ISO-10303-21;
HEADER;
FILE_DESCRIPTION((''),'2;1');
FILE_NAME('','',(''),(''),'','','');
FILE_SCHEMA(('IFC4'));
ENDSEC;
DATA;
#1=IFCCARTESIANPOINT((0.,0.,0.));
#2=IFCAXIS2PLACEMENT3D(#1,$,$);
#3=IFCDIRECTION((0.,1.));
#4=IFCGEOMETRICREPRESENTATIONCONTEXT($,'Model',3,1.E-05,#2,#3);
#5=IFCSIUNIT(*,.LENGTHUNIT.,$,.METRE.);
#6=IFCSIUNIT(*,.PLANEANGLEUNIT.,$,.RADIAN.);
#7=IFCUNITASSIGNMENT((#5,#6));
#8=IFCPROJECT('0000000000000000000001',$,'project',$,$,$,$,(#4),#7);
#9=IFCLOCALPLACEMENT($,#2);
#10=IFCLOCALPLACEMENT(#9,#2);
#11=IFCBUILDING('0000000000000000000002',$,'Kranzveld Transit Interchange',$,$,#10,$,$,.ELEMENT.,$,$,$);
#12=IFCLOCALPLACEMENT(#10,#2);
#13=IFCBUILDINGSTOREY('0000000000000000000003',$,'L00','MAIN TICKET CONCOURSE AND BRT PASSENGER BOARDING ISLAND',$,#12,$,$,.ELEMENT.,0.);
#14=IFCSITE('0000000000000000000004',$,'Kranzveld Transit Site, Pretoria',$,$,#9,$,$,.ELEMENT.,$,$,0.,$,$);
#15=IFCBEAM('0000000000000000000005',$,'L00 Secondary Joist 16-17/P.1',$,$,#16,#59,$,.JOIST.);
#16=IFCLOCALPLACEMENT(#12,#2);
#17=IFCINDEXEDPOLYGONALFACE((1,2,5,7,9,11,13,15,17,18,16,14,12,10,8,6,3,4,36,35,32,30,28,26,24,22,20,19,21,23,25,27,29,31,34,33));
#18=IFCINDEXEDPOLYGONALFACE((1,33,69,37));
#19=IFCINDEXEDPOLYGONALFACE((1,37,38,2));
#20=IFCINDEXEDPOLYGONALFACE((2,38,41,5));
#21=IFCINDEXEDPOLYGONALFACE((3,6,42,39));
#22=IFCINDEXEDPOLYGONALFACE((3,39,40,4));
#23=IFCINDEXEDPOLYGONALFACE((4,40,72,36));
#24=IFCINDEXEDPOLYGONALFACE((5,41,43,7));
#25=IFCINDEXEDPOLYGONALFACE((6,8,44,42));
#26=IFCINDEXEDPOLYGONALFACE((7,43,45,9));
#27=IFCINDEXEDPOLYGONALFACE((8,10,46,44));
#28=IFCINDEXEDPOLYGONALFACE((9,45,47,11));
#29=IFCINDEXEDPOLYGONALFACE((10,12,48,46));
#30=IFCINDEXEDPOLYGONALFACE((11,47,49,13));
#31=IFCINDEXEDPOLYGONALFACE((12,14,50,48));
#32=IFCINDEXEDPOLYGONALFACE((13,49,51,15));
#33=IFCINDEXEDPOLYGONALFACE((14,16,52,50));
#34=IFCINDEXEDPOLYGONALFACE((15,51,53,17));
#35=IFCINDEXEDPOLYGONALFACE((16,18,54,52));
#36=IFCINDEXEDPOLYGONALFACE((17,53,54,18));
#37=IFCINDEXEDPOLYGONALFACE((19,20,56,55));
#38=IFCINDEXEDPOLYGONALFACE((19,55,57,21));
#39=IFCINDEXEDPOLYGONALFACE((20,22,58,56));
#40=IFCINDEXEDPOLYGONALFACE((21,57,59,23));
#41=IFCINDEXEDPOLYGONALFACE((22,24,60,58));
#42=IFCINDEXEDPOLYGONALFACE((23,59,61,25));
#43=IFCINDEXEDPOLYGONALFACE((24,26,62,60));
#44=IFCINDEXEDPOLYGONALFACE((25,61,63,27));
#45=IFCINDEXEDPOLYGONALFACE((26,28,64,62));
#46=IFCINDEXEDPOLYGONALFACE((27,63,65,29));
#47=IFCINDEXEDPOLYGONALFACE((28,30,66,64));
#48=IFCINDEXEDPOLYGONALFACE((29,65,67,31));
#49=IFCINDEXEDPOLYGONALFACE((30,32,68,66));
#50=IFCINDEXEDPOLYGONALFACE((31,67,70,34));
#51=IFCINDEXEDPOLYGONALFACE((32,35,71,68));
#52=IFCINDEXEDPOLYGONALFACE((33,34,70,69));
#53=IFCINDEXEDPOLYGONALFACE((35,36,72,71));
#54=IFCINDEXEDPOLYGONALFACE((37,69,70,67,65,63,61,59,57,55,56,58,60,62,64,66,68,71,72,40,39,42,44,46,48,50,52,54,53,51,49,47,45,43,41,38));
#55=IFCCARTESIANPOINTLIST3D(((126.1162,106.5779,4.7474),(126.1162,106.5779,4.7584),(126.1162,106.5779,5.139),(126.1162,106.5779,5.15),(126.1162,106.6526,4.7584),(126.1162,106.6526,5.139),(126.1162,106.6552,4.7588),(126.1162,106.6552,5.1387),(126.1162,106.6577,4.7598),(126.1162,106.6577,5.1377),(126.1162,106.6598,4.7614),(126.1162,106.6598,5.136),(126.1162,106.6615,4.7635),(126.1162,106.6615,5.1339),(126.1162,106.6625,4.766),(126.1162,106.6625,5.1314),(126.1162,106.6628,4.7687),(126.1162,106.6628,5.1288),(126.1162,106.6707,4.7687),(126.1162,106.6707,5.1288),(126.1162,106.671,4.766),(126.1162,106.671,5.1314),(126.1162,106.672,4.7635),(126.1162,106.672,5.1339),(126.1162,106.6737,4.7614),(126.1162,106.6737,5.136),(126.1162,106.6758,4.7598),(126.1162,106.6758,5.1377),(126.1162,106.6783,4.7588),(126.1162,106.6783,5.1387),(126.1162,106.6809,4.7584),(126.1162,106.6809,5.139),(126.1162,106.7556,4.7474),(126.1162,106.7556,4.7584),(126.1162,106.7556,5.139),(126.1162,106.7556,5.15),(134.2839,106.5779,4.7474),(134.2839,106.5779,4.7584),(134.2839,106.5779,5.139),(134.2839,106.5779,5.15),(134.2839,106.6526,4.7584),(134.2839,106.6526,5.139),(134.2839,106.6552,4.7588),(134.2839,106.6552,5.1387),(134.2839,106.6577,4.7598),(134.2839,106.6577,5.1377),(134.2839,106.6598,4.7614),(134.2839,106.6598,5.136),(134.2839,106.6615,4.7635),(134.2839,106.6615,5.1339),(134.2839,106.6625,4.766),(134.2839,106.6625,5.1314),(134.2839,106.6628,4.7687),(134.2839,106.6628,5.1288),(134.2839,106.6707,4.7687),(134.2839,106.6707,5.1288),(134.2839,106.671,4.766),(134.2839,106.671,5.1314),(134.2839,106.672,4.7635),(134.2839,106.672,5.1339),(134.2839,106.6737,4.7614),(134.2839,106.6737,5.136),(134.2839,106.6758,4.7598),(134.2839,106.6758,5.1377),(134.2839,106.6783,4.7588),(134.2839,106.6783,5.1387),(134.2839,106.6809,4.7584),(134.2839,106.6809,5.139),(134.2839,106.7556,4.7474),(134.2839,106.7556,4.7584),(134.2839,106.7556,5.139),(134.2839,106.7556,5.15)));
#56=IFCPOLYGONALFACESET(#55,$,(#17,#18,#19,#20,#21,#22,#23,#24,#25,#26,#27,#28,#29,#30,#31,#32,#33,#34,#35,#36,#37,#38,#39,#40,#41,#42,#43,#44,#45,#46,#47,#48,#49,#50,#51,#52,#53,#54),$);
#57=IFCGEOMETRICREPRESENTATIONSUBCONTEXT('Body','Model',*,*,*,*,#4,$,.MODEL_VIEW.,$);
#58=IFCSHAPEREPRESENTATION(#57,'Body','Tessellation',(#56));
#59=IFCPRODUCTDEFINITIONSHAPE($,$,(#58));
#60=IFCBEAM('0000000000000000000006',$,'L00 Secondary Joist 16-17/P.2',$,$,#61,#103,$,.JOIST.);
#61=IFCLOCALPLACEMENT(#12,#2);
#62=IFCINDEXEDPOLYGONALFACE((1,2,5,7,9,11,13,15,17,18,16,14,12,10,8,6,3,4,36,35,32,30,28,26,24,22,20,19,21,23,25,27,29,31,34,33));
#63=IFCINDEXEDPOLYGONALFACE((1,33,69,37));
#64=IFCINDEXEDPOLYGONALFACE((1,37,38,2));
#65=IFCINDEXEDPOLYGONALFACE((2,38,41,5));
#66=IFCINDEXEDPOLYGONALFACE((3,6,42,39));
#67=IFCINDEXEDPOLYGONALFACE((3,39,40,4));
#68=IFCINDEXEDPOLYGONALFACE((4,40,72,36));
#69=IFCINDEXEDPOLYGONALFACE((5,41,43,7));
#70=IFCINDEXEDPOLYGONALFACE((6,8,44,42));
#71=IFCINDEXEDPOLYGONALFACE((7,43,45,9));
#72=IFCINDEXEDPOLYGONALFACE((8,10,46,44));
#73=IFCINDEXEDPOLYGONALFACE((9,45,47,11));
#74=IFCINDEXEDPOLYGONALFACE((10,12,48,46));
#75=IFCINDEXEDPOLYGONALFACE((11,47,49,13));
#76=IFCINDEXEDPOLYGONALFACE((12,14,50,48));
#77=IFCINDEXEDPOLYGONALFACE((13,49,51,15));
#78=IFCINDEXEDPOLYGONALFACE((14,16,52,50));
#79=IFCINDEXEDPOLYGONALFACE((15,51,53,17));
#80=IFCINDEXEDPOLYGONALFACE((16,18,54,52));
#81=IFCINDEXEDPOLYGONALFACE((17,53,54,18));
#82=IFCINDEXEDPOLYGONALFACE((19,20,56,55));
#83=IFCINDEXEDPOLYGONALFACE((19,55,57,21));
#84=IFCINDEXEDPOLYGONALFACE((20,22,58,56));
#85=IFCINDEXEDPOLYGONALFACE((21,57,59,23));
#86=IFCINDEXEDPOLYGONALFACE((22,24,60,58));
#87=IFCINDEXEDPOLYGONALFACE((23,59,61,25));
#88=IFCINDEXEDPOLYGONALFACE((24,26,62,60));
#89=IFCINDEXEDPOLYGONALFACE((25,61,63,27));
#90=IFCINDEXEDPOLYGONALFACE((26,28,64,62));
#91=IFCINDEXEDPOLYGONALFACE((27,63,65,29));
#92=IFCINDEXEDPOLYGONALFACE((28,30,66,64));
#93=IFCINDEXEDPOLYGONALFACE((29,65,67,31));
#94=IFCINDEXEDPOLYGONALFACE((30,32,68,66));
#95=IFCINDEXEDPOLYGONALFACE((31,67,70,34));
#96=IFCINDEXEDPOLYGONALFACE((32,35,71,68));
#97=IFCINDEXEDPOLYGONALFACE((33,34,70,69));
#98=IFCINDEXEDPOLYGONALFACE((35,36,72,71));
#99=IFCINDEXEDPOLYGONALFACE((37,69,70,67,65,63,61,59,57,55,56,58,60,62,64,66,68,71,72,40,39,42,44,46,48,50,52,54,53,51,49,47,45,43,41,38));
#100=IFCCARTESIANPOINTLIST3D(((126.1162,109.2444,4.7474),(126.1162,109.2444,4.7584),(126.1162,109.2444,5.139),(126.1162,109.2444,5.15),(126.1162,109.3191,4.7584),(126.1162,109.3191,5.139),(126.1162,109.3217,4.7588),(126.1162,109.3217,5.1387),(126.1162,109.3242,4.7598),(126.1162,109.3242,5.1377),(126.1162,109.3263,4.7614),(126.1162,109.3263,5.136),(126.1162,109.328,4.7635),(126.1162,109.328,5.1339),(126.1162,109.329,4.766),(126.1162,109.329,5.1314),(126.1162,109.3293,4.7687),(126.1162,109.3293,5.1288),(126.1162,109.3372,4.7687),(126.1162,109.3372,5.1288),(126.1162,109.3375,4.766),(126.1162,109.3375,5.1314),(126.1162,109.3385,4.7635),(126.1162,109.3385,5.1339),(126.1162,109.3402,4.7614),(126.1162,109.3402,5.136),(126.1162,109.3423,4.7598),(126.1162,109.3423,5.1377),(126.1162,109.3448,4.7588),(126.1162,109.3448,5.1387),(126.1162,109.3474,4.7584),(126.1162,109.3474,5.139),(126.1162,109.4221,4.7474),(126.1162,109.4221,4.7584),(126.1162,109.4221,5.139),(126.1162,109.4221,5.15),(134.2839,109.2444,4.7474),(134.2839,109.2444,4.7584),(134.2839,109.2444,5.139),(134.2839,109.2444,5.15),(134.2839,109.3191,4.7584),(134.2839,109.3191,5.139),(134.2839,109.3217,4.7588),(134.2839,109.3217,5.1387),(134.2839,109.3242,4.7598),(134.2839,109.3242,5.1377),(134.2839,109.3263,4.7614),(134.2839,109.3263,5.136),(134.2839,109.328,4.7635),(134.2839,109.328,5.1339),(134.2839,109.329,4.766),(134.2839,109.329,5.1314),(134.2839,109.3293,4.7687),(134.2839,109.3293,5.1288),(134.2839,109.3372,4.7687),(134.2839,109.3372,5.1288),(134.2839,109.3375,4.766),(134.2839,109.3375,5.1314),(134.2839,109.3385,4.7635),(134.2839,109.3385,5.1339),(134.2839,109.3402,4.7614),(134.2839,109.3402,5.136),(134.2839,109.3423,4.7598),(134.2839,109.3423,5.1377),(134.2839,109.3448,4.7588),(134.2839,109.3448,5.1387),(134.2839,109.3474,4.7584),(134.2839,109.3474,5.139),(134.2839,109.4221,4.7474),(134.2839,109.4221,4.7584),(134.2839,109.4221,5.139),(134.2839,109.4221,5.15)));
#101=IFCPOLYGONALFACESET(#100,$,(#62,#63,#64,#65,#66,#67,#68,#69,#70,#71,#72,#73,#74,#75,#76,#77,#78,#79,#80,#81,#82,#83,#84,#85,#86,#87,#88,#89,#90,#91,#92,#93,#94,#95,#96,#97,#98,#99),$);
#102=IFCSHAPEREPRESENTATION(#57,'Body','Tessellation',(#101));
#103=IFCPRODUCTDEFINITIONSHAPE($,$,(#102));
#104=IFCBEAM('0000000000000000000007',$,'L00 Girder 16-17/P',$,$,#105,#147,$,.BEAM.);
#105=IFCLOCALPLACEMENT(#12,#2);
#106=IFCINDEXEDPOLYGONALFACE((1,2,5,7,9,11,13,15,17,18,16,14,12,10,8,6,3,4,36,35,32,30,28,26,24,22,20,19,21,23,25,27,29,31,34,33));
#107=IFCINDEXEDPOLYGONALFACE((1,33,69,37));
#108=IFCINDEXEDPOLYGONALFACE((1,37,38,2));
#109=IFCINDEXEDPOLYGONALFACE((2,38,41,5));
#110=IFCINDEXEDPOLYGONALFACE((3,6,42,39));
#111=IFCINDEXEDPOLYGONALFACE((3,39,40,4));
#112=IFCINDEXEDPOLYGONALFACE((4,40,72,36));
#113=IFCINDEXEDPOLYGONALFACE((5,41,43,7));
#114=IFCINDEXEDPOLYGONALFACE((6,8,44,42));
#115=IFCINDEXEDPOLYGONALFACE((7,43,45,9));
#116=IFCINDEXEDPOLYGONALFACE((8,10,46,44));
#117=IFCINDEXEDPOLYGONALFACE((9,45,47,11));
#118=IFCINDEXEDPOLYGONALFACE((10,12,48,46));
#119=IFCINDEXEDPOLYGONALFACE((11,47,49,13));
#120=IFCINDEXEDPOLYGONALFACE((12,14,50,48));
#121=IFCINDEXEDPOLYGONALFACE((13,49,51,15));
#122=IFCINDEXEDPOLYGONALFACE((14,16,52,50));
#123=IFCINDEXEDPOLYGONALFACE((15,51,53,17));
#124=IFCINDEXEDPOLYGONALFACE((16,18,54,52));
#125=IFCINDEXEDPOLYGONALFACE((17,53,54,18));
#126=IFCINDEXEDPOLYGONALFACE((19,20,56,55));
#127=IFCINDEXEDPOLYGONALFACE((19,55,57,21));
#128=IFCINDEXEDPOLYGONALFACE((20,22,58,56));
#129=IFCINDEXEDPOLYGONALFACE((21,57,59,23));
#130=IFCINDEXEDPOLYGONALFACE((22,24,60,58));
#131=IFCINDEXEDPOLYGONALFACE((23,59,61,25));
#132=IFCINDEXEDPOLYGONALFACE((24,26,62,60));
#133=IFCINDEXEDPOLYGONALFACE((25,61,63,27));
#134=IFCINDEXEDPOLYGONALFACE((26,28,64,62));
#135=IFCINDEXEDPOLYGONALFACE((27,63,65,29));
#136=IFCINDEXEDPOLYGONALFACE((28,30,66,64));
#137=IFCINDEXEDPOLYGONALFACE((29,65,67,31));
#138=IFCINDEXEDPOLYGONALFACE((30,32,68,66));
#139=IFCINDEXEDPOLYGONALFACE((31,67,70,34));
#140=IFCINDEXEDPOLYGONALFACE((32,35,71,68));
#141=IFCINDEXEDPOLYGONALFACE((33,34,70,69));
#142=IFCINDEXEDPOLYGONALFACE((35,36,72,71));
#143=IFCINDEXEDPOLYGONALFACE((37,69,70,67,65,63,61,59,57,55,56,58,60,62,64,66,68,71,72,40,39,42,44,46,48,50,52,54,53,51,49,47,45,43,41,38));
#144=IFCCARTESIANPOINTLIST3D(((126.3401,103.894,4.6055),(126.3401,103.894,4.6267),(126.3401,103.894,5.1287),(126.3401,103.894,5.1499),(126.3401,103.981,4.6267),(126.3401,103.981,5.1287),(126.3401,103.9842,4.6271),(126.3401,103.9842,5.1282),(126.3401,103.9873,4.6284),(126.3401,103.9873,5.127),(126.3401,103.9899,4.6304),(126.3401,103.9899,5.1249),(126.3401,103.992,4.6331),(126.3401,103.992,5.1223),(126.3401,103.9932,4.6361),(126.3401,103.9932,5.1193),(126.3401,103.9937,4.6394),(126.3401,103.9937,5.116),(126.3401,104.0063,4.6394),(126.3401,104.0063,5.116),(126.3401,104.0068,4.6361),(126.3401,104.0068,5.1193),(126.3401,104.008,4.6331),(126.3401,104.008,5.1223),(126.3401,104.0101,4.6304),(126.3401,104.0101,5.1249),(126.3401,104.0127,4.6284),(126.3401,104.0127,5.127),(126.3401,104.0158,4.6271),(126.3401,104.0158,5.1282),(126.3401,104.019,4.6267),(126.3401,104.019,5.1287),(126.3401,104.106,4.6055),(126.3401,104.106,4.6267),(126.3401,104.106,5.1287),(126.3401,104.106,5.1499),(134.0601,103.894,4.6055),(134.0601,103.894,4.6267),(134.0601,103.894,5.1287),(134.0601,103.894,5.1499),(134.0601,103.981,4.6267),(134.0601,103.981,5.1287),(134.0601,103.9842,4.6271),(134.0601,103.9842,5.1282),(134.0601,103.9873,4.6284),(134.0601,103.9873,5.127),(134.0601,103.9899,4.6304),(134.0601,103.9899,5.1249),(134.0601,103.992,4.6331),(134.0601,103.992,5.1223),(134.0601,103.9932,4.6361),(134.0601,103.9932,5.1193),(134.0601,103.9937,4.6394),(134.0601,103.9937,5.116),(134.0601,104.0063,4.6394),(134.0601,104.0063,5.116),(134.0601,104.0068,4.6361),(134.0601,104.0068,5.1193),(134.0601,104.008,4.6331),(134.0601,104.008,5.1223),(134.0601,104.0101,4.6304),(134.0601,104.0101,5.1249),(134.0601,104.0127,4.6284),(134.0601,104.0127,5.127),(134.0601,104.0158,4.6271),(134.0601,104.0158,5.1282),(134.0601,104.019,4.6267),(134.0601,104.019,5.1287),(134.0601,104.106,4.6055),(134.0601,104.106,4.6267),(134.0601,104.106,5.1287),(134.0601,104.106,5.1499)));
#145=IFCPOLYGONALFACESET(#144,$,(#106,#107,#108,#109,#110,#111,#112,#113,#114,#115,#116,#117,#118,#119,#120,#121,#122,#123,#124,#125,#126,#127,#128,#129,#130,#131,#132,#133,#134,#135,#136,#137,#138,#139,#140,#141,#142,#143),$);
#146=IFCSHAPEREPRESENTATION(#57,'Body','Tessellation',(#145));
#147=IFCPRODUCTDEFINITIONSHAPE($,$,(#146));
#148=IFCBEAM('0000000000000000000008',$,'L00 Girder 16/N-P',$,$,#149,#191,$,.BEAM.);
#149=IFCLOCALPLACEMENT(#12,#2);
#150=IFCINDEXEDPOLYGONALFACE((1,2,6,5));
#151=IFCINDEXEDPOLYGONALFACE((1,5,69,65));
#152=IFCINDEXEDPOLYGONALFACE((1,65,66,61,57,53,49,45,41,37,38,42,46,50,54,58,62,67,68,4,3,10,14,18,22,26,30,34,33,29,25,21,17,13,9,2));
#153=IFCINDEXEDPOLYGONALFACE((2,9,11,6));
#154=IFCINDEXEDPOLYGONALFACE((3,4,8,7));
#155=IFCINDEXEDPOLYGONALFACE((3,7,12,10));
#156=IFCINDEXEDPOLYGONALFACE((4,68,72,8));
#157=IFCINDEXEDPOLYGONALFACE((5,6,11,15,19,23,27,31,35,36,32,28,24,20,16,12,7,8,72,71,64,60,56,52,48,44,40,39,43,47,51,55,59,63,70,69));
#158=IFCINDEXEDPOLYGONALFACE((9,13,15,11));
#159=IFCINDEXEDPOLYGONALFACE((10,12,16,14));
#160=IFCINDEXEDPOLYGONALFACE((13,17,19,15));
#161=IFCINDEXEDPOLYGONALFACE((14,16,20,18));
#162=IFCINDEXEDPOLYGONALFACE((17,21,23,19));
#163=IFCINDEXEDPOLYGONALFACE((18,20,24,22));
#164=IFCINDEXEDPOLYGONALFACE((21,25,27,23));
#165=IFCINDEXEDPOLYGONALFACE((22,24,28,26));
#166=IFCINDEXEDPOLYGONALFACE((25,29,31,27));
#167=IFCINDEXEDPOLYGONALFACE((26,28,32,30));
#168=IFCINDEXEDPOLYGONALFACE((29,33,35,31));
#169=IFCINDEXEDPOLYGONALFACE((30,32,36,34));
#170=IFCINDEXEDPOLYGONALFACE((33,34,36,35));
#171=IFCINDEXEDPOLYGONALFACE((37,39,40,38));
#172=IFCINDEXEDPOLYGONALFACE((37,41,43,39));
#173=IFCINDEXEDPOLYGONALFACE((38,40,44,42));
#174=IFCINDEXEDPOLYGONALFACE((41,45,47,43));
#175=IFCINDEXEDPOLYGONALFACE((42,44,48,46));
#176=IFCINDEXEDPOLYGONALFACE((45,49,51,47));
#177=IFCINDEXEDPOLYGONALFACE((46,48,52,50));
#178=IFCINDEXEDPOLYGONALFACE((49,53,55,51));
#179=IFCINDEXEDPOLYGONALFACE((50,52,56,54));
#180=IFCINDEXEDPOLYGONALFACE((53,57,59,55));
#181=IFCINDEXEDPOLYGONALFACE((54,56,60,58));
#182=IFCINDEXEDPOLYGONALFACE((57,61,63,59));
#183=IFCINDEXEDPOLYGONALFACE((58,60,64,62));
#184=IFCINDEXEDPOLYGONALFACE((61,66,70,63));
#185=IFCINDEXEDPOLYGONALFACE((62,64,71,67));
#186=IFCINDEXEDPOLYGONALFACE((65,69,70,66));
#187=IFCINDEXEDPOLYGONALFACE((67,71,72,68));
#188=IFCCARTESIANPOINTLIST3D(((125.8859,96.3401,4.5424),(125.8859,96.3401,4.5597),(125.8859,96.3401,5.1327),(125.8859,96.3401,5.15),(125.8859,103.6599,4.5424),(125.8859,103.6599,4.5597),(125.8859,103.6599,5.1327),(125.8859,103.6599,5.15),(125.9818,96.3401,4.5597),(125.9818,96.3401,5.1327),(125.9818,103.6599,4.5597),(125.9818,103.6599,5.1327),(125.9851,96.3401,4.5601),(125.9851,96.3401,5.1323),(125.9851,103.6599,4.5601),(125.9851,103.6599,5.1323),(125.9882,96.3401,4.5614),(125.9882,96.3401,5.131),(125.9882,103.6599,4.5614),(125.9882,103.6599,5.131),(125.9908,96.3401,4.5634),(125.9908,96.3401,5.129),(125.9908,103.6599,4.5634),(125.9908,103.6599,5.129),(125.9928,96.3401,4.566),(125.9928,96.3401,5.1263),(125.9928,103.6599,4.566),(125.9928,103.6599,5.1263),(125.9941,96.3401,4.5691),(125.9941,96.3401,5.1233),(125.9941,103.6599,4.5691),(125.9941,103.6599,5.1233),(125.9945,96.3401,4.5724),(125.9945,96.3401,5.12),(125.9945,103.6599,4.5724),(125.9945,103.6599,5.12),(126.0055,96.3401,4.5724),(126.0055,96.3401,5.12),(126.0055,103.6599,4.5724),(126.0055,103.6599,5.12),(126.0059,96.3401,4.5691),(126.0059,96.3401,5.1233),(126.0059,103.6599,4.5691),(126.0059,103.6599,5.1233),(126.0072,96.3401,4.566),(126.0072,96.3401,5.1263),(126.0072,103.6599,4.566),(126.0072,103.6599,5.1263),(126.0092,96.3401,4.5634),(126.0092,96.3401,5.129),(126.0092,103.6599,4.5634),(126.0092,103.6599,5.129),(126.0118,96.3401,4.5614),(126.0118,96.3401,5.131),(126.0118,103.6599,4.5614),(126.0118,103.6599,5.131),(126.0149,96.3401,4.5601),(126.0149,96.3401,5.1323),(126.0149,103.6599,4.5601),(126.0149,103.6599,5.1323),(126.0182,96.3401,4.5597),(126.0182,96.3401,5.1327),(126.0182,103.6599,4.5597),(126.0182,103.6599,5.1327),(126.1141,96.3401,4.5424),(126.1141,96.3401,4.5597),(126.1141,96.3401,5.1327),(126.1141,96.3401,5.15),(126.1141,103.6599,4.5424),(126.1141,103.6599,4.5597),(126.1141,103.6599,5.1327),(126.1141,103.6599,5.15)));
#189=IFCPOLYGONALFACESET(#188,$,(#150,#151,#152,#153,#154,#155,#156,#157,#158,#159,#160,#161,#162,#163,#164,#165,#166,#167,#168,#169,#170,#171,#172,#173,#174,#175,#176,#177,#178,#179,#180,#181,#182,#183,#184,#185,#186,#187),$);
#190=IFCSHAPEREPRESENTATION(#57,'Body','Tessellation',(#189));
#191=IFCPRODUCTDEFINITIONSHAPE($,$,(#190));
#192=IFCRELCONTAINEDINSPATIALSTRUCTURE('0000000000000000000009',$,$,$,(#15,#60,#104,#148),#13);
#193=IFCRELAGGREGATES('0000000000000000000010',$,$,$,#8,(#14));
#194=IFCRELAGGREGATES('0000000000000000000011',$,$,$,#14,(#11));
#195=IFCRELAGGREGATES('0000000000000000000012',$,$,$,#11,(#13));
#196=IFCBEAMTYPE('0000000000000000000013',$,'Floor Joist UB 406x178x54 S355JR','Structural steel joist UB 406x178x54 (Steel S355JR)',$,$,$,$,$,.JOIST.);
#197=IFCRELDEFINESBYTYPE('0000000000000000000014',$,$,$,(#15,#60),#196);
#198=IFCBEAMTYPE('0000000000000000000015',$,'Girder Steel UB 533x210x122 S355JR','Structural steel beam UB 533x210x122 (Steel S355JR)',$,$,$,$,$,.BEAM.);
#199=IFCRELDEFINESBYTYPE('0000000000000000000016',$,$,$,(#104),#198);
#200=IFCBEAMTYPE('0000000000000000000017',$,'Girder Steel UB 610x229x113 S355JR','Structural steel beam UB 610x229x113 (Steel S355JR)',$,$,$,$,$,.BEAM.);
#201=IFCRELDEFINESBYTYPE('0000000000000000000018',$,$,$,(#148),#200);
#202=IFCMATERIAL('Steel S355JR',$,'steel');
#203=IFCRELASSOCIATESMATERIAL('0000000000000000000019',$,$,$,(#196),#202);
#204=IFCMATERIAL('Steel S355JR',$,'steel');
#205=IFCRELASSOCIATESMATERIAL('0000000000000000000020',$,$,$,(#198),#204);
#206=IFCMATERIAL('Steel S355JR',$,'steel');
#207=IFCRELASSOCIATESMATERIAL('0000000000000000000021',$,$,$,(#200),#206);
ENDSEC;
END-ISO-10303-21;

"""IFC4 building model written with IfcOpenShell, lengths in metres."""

from ifc_helpers import new_model, si_unit, direction, frame, origin, origin_2d, place, context, subcontext, project, spatial, i_section, extrude, material, material_profile, profile_set, type_object, element, save


model = new_model("IFC4")

# Units and contexts
model_context = context("Model", 3, precision=1e-05, world=origin(), true_north=direction((0.0, 1.0)))
body_context = subcontext(model_context, "Body", "Model", "MODEL_VIEW")
ifc_project = project(units=[si_unit("LENGTHUNIT", "METRE"), si_unit("PLANEANGLEUNIT", "RADIAN")], contexts=[model_context])

# Site, building, storey
site_placement = place(None, origin())
site = spatial("IfcSite", under=ifc_project, at=site_placement, Name="Kranzveld Transit Site, Pretoria", CompositionType="ELEMENT", RefElevation=0.0)
building_placement = place(site_placement, origin())
building = spatial("IfcBuilding", under=site, at=building_placement, Name="Kranzveld Transit Interchange", CompositionType="ELEMENT")
storey_placement = place(building_placement, origin())
storey = spatial("IfcBuildingStorey", under=building, at=storey_placement, Name="L00", Description="MAIN TICKET CONCOURSE AND BRT PASSENGER BOARDING ISLAND", CompositionType="ELEMENT", Elevation=0.0)

# Beams
ifc_material_1 = material(Name="Steel S355JR", Category="steel")
ifc_material_profile_1 = material_profile(ifc_material_1, i_section(OverallWidth=0.1777, OverallDepth=0.4026, WebThickness=0.0078, FlangeThickness=0.011, FilletRadius=0.0103, at=origin_2d()), Name="UB 406x178x54")
ifc_profile_set_1 = profile_set([ifc_material_profile_1], Name="Steel S355JR")
beam_type_1 = type_object("IfcBeamType", Name="Floor Joist UB 406x178x54 S355JR", Description="Structural steel joist UB 406x178x54 (Steel S355JR)", PredefinedType="JOIST", material=ifc_profile_set_1)
for number, where, z_axis, x_axis, name in (
    (1, (126.1162, 106.6667, 4.9487), (1.0, 0.0, 0.0), (0.0, 1.0, 0.0), "L00 Secondary Joist 16-17/P.1"),
    (2, (126.1162, 109.3333, 4.9487), (1.0, 0.0, 0.0), (0.0, 1.0, 0.0), "L00 Secondary Joist 16-17/P.2"),
):
    element("IfcBeam", number, at=place(storey_placement, frame(where, z_axis=z_axis, x_axis=x_axis)), inside=storey, type_object=beam_type_1, Name=name, PredefinedType="JOIST", context=body_context, shape_type="SweptSolid", body=[
        extrude(i_section(OverallWidth=0.1777, OverallDepth=0.4026, WebThickness=0.0078, FlangeThickness=0.011, FilletRadius=0.0103, at=origin_2d()), origin(), (0.0, 0.0, 1.0), 8.1677),
    ])
ifc_material_2 = material(Name="Steel S355JR", Category="steel")
ifc_material_profile_2 = material_profile(ifc_material_2, i_section(OverallWidth=0.2119, OverallDepth=0.5444, WebThickness=0.0127, FlangeThickness=0.0212, FilletRadius=0.0127, at=origin_2d()), Name="UB 533x210x122")
ifc_profile_set_2 = profile_set([ifc_material_profile_2], Name="Steel S355JR")
beam_type_2 = type_object("IfcBeamType", Name="Girder Steel UB 533x210x122 S355JR", Description="Structural steel beam UB 533x210x122 (Steel S355JR)", PredefinedType="BEAM", material=ifc_profile_set_2)
beam_1_placement = place(storey_placement, frame((126.3401, 104.0, 4.8777), z_axis=(1.0, 0.0, 0.0), x_axis=(0.0, 1.0, 0.0)))
element("IfcBeam", 3, at=beam_1_placement, inside=storey, type_object=beam_type_2, Name="L00 Girder 16-17/P", PredefinedType="BEAM", context=body_context, shape_type="SweptSolid", body=[
    extrude(i_section(OverallWidth=0.2119, OverallDepth=0.5444, WebThickness=0.0127, FlangeThickness=0.0212, FilletRadius=0.0127, at=origin_2d()), origin(), (0.0, 0.0, 1.0), 7.72),
])
ifc_material_3 = material(Name="Steel S355JR", Category="steel")
ifc_material_profile_3 = material_profile(ifc_material_3, i_section(OverallWidth=0.2283, OverallDepth=0.6077, WebThickness=0.011, FlangeThickness=0.0173, FilletRadius=0.0127, at=origin_2d()), Name="UB 610x229x113")
ifc_profile_set_3 = profile_set([ifc_material_profile_3], Name="Steel S355JR")
beam_type_3 = type_object("IfcBeamType", Name="Girder Steel UB 610x229x113 S355JR", Description="Structural steel beam UB 610x229x113 (Steel S355JR)", PredefinedType="BEAM", material=ifc_profile_set_3)
beam_2_placement = place(storey_placement, frame((126.0, 96.3401, 4.8462), z_axis=(0.0, 1.0, 0.0), x_axis=(-1.0, 0.0, 0.0)))
element("IfcBeam", 4, at=beam_2_placement, inside=storey, type_object=beam_type_3, Name="L00 Girder 16/N-P", PredefinedType="BEAM", context=body_context, shape_type="SweptSolid", body=[
    extrude(i_section(OverallWidth=0.2283, OverallDepth=0.6077, WebThickness=0.011, FlangeThickness=0.0173, FilletRadius=0.0127, at=origin_2d()), origin(), (0.0, 0.0, 1.0), 7.3198),
])

save(model, "model.ifc")
